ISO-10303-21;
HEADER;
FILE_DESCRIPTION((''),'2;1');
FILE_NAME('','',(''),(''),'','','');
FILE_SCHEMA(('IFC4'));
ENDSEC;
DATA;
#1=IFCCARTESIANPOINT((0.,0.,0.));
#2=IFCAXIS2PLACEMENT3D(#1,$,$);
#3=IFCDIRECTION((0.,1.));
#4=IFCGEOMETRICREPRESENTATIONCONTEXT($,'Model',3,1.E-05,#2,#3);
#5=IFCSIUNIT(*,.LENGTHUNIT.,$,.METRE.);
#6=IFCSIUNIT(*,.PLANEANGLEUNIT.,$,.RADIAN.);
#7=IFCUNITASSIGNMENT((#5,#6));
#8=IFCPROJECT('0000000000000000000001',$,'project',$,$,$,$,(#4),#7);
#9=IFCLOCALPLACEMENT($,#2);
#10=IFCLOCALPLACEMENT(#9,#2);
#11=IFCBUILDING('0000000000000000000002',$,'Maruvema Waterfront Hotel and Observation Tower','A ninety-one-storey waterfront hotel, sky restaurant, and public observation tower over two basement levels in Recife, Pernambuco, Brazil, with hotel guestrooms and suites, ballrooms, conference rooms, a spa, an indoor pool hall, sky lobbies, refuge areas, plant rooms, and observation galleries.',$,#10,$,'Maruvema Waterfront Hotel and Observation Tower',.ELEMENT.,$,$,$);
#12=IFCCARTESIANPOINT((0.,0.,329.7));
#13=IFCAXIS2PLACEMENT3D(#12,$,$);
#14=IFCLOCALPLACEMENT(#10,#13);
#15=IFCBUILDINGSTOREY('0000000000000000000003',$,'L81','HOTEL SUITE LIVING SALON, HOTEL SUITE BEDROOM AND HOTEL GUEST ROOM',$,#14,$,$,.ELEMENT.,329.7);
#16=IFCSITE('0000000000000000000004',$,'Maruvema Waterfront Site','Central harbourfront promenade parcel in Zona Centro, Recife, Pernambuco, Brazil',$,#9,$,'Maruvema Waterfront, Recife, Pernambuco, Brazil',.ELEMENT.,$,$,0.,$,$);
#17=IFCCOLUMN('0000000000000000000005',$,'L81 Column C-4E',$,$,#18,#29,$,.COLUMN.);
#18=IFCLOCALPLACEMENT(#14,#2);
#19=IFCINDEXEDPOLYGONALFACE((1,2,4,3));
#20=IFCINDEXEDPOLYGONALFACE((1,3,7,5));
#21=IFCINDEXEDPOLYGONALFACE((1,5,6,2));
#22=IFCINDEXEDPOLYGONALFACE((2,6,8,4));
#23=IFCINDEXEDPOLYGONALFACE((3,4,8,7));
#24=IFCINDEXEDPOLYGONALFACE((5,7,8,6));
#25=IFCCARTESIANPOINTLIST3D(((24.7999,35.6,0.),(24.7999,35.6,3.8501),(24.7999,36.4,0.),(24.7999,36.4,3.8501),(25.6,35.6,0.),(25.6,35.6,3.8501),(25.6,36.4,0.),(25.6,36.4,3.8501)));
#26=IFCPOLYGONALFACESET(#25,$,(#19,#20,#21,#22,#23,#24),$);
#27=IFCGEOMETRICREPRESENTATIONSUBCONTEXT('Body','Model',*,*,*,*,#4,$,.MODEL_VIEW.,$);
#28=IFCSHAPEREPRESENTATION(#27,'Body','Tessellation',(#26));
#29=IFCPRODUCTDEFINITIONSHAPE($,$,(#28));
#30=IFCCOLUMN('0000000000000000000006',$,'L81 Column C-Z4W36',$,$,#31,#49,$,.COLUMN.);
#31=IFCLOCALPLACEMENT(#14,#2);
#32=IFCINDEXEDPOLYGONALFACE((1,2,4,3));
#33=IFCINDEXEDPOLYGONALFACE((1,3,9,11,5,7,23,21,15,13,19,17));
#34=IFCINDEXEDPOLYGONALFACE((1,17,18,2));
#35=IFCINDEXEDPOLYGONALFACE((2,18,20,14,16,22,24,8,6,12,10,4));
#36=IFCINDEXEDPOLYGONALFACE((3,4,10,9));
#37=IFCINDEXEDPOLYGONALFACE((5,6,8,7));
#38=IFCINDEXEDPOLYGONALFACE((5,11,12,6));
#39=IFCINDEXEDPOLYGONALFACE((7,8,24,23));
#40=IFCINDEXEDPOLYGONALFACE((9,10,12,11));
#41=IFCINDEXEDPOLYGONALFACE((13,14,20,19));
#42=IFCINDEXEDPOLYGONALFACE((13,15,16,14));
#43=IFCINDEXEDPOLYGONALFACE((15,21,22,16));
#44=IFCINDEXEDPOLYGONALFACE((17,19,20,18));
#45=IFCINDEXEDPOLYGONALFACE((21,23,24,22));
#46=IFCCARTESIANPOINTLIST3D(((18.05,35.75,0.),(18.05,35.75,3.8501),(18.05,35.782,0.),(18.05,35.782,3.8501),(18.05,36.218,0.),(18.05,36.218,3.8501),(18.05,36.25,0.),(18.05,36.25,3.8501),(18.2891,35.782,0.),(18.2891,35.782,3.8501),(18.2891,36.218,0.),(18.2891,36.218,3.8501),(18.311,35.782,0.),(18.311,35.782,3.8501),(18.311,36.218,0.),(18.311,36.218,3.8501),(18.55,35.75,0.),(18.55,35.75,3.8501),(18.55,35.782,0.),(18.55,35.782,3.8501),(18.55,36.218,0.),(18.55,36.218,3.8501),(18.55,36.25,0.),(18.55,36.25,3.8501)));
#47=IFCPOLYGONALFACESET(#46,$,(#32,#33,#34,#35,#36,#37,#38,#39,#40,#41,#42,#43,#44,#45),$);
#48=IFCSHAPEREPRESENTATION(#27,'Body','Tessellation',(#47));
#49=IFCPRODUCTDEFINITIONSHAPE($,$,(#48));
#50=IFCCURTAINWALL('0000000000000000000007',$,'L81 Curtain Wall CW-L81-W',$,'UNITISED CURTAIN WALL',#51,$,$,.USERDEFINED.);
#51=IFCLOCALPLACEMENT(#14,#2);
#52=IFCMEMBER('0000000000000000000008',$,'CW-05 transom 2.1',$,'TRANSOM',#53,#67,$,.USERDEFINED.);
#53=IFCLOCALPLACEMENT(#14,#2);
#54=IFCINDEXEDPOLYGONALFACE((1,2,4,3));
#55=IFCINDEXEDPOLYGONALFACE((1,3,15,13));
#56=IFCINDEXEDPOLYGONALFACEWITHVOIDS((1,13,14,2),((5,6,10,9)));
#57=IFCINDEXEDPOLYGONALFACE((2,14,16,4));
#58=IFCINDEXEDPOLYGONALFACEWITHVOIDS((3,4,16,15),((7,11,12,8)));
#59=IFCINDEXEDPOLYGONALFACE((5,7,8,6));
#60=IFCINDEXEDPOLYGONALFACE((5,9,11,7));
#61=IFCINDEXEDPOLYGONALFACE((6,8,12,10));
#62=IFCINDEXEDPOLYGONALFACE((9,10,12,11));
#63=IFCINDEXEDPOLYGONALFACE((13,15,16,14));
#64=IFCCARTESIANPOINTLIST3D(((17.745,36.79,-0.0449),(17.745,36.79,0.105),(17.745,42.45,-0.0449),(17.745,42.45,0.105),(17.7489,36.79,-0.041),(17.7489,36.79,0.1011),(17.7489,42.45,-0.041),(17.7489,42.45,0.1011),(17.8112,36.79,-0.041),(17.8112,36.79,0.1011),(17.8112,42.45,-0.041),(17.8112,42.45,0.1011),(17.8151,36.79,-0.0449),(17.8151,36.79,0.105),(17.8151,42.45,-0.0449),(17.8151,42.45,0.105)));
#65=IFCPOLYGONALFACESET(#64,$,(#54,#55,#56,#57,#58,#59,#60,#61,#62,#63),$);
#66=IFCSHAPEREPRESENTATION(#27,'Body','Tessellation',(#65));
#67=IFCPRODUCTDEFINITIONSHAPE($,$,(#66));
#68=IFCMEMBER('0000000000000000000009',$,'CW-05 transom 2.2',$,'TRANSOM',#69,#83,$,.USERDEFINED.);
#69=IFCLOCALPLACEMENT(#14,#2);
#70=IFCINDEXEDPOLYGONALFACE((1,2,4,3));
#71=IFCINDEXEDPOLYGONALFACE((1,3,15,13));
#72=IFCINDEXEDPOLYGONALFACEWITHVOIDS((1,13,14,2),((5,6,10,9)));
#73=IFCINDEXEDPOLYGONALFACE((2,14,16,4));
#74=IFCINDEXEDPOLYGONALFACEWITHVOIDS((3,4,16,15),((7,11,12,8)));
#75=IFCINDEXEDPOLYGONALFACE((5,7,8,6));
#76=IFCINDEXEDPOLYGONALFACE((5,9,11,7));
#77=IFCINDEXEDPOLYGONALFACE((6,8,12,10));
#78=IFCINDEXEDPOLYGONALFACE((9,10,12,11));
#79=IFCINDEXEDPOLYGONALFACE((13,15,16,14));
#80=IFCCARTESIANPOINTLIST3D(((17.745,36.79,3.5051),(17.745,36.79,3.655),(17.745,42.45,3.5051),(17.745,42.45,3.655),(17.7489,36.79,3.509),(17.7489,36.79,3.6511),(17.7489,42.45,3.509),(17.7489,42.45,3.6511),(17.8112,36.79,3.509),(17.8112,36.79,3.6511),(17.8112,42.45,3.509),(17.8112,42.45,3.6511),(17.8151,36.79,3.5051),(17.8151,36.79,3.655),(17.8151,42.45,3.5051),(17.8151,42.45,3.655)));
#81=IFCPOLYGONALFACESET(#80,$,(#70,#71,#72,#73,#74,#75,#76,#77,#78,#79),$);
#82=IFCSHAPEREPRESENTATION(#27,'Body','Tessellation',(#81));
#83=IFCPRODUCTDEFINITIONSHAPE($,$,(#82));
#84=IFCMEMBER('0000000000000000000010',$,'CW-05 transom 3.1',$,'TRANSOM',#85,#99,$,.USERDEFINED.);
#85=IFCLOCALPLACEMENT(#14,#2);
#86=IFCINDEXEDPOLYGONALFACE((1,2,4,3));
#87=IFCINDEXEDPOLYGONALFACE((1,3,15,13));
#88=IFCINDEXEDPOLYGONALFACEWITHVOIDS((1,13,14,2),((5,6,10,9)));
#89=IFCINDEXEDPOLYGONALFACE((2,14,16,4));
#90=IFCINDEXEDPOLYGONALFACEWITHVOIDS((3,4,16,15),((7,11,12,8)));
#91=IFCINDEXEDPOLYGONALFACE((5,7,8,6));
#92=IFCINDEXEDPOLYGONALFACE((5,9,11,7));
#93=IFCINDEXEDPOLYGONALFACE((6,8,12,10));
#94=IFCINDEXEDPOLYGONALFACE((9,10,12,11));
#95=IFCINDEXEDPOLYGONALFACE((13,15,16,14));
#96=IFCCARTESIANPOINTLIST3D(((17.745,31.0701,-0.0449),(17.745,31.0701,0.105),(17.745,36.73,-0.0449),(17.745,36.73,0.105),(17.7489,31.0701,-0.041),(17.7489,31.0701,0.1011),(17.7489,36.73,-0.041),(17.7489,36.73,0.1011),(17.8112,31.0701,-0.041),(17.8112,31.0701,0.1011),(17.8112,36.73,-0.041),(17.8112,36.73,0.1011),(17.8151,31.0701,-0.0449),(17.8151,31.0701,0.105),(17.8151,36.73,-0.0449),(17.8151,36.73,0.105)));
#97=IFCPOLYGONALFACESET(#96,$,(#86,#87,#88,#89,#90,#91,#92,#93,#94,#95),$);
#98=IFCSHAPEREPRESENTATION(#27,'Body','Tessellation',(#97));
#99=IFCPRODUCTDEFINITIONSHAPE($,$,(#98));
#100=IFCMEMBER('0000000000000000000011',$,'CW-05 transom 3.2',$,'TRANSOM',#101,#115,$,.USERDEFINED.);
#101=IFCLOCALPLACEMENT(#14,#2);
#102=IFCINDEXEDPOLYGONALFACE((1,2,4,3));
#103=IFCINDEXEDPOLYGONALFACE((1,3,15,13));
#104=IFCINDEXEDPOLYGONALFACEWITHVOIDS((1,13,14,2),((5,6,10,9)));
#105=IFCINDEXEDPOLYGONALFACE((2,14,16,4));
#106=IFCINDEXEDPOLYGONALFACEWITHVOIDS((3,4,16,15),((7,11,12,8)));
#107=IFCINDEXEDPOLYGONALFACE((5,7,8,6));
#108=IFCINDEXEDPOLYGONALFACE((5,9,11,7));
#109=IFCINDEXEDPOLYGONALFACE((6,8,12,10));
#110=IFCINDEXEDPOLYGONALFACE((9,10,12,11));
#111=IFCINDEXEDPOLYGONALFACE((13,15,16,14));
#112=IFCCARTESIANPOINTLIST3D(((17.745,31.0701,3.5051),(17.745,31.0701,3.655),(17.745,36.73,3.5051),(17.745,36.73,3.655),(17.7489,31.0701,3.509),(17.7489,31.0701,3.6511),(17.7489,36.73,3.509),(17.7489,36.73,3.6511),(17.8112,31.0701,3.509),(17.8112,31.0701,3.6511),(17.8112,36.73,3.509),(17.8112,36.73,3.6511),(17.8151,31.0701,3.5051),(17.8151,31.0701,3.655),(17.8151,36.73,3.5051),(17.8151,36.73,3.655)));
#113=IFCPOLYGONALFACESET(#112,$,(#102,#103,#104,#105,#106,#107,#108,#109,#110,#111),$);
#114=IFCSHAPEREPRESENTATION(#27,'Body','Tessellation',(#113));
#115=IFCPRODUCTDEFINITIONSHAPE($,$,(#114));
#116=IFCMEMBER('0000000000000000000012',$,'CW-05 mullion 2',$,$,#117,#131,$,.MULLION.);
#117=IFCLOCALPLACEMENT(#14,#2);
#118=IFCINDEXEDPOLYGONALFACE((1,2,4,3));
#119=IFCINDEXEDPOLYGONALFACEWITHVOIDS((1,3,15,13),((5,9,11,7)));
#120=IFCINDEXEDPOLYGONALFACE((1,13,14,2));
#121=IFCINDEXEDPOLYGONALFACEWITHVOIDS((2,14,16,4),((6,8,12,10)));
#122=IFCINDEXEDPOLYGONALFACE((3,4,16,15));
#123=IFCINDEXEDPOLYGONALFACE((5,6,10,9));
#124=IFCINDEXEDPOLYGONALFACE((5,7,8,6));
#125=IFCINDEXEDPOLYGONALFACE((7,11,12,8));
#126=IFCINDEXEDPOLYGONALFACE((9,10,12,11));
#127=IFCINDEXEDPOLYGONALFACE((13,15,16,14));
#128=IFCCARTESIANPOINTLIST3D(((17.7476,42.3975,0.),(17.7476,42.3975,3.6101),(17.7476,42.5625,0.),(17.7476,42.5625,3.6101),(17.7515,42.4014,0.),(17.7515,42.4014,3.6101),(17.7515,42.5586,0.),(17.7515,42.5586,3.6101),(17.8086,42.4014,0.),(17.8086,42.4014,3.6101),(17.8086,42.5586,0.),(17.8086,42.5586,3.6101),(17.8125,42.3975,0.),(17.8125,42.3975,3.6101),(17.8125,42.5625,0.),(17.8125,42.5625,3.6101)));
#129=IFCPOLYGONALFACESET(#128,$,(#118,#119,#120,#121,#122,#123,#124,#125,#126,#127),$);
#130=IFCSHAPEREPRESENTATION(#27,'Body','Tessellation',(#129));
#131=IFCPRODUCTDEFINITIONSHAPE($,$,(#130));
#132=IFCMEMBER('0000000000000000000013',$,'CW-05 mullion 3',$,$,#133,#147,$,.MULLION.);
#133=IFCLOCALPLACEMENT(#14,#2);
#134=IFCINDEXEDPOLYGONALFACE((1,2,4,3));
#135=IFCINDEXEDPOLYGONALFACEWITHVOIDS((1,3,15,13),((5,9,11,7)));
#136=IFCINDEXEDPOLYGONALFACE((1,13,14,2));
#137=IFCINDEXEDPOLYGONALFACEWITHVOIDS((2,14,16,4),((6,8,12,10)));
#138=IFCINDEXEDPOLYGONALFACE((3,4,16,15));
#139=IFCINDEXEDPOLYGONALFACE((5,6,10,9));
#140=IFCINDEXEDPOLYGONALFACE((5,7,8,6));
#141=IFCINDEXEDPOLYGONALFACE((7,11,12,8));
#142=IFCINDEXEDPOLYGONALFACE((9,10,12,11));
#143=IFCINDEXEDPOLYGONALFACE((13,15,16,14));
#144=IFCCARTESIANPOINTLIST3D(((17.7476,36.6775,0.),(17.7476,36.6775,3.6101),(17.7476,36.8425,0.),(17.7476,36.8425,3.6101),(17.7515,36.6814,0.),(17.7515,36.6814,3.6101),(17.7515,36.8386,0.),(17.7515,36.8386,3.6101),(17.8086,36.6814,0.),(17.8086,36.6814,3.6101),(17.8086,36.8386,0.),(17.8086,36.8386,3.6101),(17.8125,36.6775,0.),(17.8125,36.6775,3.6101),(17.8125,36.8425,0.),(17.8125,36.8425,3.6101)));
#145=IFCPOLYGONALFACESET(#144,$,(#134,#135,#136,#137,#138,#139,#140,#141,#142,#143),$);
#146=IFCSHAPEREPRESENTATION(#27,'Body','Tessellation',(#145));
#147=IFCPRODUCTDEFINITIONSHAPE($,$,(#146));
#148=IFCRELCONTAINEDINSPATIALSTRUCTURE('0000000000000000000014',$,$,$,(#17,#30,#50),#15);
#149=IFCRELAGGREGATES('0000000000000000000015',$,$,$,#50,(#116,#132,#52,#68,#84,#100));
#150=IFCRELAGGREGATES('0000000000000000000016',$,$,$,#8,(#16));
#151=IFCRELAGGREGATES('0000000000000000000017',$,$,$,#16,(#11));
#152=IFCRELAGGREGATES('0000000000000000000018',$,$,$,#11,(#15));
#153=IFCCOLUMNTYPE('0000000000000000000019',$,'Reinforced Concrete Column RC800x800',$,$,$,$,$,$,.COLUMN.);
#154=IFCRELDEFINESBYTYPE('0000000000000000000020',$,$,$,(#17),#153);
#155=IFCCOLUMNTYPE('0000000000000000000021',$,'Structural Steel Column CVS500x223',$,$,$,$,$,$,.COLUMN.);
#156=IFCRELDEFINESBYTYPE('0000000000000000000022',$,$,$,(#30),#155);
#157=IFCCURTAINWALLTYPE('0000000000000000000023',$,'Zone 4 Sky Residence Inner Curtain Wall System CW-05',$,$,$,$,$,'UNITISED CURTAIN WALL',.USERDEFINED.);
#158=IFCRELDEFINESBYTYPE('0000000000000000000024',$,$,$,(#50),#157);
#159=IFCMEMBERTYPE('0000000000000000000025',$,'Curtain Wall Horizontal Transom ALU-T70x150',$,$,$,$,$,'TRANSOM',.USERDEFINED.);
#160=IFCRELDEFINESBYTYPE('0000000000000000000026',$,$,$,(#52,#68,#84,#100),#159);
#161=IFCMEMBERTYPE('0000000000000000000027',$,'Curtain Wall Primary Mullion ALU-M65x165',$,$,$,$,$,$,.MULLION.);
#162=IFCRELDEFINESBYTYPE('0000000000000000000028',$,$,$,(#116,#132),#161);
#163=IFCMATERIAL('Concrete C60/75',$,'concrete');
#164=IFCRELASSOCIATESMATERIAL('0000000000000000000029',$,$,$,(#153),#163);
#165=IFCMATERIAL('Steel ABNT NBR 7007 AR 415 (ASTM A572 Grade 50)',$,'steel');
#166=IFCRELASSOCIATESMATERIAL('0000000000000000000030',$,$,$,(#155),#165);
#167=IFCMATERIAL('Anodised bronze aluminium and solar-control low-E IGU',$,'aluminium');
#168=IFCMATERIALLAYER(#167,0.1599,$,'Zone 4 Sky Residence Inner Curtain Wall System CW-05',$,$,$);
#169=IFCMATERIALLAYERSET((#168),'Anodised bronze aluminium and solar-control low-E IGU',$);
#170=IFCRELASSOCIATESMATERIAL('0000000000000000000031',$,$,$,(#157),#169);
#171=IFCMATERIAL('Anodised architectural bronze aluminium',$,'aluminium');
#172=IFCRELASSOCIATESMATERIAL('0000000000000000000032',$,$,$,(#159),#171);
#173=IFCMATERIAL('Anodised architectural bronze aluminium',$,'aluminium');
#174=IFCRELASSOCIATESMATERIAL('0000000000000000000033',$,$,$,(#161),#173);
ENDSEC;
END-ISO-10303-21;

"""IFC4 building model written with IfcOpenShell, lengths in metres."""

from ifc_helpers import new_model, si_unit, direction, frame, origin, origin_2d, place, context, subcontext, project, spatial, rectangle, hollow_rectangle, i_section, extrude, material, layer, layer_set, material_profile, profile_set, type_object, element, aggregate, save


model = new_model("IFC4")

# Units and contexts
model_context = context("Model", 3, precision=1e-05, world=origin(), true_north=direction((0.0, 1.0)))
body_context = subcontext(model_context, "Body", "Model", "MODEL_VIEW")
ifc_project = project(units=[si_unit("LENGTHUNIT", "METRE"), si_unit("PLANEANGLEUNIT", "RADIAN")], contexts=[model_context])

# Site, building, storey
site_placement = place(None, origin())
site = spatial("IfcSite", under=ifc_project, at=site_placement, Name="Maruvema Waterfront Site", Description="Central harbourfront promenade parcel in Zona Centro, Recife, Pernambuco, Brazil", LongName="Maruvema Waterfront, Recife, Pernambuco, Brazil", CompositionType="ELEMENT", RefElevation=0.0)
building_placement = place(site_placement, origin())
building = spatial("IfcBuilding", under=site, at=building_placement, Name="Maruvema Waterfront Hotel and Observation Tower", Description="A ninety-one-storey waterfront hotel, sky restaurant, and public observation tower over two basement levels in Recife, Pernambuco, Brazil, with hotel guestrooms and suites, ballrooms, conference rooms, a spa, an indoor pool hall, sky lobbies, refuge areas, plant rooms, and observation galleries.", LongName="Maruvema Waterfront Hotel and Observation Tower", CompositionType="ELEMENT")
storey_placement = place(building_placement, frame((0.0, 0.0, 329.7)))
storey = spatial("IfcBuildingStorey", under=building, at=storey_placement, Name="L81", Description="HOTEL SUITE LIVING SALON, HOTEL SUITE BEDROOM AND HOTEL GUEST ROOM", CompositionType="ELEMENT", Elevation=329.7)

# Columns
ifc_material_1 = material(Name="Concrete C60/75", Category="concrete")
ifc_material_profile_1 = material_profile(ifc_material_1, rectangle(XDim=0.8, YDim=0.8, at=origin_2d()), Name="RC800x800")
ifc_profile_set_1 = profile_set([ifc_material_profile_1], Name="Concrete C60/75")
column_type_1 = type_object("IfcColumnType", Name="Reinforced Concrete Column RC800x800", PredefinedType="COLUMN", material=ifc_profile_set_1)
column_1_placement = place(storey_placement, frame((25.2, 36.0, 0.0), z_axis=(0.0, 0.0, 1.0), x_axis=(1.0, 0.0, 0.0)))
element("IfcColumn", 1, at=column_1_placement, inside=storey, type_object=column_type_1, Name="L81 Column C-4E", PredefinedType="COLUMN", context=body_context, shape_type="SweptSolid", body=[
    extrude(rectangle(XDim=0.8, YDim=0.8, at=origin_2d()), origin(), (0.0, 0.0, 1.0), 3.8501),
])
ifc_material_2 = material(Name="Steel ABNT NBR 7007 AR 415 (ASTM A572 Grade 50)", Category="steel")
ifc_material_profile_2 = material_profile(ifc_material_2, i_section(OverallWidth=0.5, OverallDepth=0.5, WebThickness=0.022, FlangeThickness=0.032, at=origin_2d()), Name="CVS500x223")
ifc_profile_set_2 = profile_set([ifc_material_profile_2], Name="Steel ABNT NBR 7007 AR 415 (ASTM A572 Grade 50)")
column_type_2 = type_object("IfcColumnType", Name="Structural Steel Column CVS500x223", PredefinedType="COLUMN", material=ifc_profile_set_2)
column_2_placement = place(storey_placement, frame((18.3, 36.0, 0.0), z_axis=(0.0, 0.0, 1.0), x_axis=(1.0, 0.0, 0.0)))
element("IfcColumn", 2, at=column_2_placement, inside=storey, type_object=column_type_2, Name="L81 Column C-Z4W36", PredefinedType="COLUMN", context=body_context, shape_type="SweptSolid", body=[
    extrude(i_section(OverallWidth=0.5, OverallDepth=0.5, WebThickness=0.022, FlangeThickness=0.032, at=origin_2d()), origin(), (0.0, 0.0, 1.0), 3.8501),
])

# Curtain wall, members
ifc_material_3 = material(Name="Anodised bronze aluminium and solar-control low-E IGU", Category="aluminium")
ifc_layer_1 = layer(ifc_material_3, 0.1599, Name="Zone 4 Sky Residence Inner Curtain Wall System CW-05")
ifc_layer_set_1 = layer_set([ifc_layer_1], Name="Anodised bronze aluminium and solar-control low-E IGU")
curtain_wall_type = type_object("IfcCurtainWallType", Name="Zone 4 Sky Residence Inner Curtain Wall System CW-05", ElementType="UNITISED CURTAIN WALL", PredefinedType="USERDEFINED", material=ifc_layer_set_1)
curtain_wall_placement = place(storey_placement, origin())
curtain_wall = element("IfcCurtainWall", 3, at=curtain_wall_placement, inside=storey, type_object=curtain_wall_type, Name="L81 Curtain Wall CW-L81-W", ObjectType="UNITISED CURTAIN WALL", PredefinedType="USERDEFINED")
ifc_material_4 = material(Name="Anodised architectural bronze aluminium", Category="aluminium")
ifc_material_profile_3 = material_profile(ifc_material_4, hollow_rectangle(XDim=0.0701, YDim=0.1499, WallThickness=0.0039, at=origin_2d()), Name="ALU-T70x150")
ifc_profile_set_3 = profile_set([ifc_material_profile_3], Name="Anodised architectural bronze aluminium")
member_type_1 = type_object("IfcMemberType", Name="Curtain Wall Horizontal Transom ALU-T70x150", ElementType="TRANSOM", PredefinedType="USERDEFINED", material=ifc_profile_set_3)
member_1_placement = place(storey_placement, frame((17.78, 42.45, 0.03), z_axis=(0.0, -1.0, 0.0), x_axis=(1.0, 0.0, 0.0)))
member_1 = element("IfcMember", 4, at=member_1_placement, type_object=member_type_1, Name="CW-05 transom 2.1", ObjectType="TRANSOM", PredefinedType="USERDEFINED", context=body_context, shape_type="SweptSolid", body=[
    extrude(hollow_rectangle(XDim=0.0701, YDim=0.1499, WallThickness=0.0039, at=origin_2d()), origin(), (0.0, 0.0, 1.0), 5.6599),
])
member_2_placement = place(storey_placement, frame((17.78, 42.45, 3.5801), z_axis=(0.0, -1.0, 0.0), x_axis=(1.0, 0.0, 0.0)))
member_2 = element("IfcMember", 5, at=member_2_placement, type_object=member_type_1, Name="CW-05 transom 2.2", ObjectType="TRANSOM", PredefinedType="USERDEFINED", context=body_context, shape_type="SweptSolid", body=[
    extrude(hollow_rectangle(XDim=0.0701, YDim=0.1499, WallThickness=0.0039, at=origin_2d()), origin(), (0.0, 0.0, 1.0), 5.6599),
])
member_3_placement = place(storey_placement, frame((17.78, 36.73, 0.03), z_axis=(0.0, -1.0, 0.0), x_axis=(1.0, 0.0, 0.0)))
member_3 = element("IfcMember", 6, at=member_3_placement, type_object=member_type_1, Name="CW-05 transom 3.1", ObjectType="TRANSOM", PredefinedType="USERDEFINED", context=body_context, shape_type="SweptSolid", body=[
    extrude(hollow_rectangle(XDim=0.0701, YDim=0.1499, WallThickness=0.0039, at=origin_2d()), origin(), (0.0, 0.0, 1.0), 5.6599),
])
member_4_placement = place(storey_placement, frame((17.78, 36.73, 3.5801), z_axis=(0.0, -1.0, 0.0), x_axis=(1.0, 0.0, 0.0)))
member_4 = element("IfcMember", 7, at=member_4_placement, type_object=member_type_1, Name="CW-05 transom 3.2", ObjectType="TRANSOM", PredefinedType="USERDEFINED", context=body_context, shape_type="SweptSolid", body=[
    extrude(hollow_rectangle(XDim=0.0701, YDim=0.1499, WallThickness=0.0039, at=origin_2d()), origin(), (0.0, 0.0, 1.0), 5.6599),
])
ifc_material_5 = material(Name="Anodised architectural bronze aluminium", Category="aluminium")
ifc_material_profile_4 = material_profile(ifc_material_5, hollow_rectangle(XDim=0.0649, YDim=0.165, WallThickness=0.0039, at=origin_2d()), Name="ALU-M65x165")
ifc_profile_set_4 = profile_set([ifc_material_profile_4], Name="Anodised architectural bronze aluminium")
member_type_2 = type_object("IfcMemberType", Name="Curtain Wall Primary Mullion ALU-M65x165", PredefinedType="MULLION", material=ifc_profile_set_4)
member_5_placement = place(storey_placement, frame((17.78, 42.48, 0.0), z_axis=(0.0, 0.0, 1.0), x_axis=(1.0, 0.0, 0.0)))
member_5 = element("IfcMember", 8, at=member_5_placement, type_object=member_type_2, Name="CW-05 mullion 2", PredefinedType="MULLION", context=body_context, shape_type="SweptSolid", body=[
    extrude(hollow_rectangle(XDim=0.0649, YDim=0.165, WallThickness=0.0039, at=origin_2d()), origin(), (0.0, 0.0, 1.0), 3.6101),
])
member_6_placement = place(storey_placement, frame((17.78, 36.76, 0.0), z_axis=(0.0, 0.0, 1.0), x_axis=(1.0, 0.0, 0.0)))
member_6 = element("IfcMember", 9, at=member_6_placement, type_object=member_type_2, Name="CW-05 mullion 3", PredefinedType="MULLION", context=body_context, shape_type="SweptSolid", body=[
    extrude(hollow_rectangle(XDim=0.0649, YDim=0.165, WallThickness=0.0039, at=origin_2d()), origin(), (0.0, 0.0, 1.0), 3.6101),
])

aggregate(curtain_wall, [member_5, member_6, member_1, member_2, member_3, member_4])

save(model, "model.ifc")
